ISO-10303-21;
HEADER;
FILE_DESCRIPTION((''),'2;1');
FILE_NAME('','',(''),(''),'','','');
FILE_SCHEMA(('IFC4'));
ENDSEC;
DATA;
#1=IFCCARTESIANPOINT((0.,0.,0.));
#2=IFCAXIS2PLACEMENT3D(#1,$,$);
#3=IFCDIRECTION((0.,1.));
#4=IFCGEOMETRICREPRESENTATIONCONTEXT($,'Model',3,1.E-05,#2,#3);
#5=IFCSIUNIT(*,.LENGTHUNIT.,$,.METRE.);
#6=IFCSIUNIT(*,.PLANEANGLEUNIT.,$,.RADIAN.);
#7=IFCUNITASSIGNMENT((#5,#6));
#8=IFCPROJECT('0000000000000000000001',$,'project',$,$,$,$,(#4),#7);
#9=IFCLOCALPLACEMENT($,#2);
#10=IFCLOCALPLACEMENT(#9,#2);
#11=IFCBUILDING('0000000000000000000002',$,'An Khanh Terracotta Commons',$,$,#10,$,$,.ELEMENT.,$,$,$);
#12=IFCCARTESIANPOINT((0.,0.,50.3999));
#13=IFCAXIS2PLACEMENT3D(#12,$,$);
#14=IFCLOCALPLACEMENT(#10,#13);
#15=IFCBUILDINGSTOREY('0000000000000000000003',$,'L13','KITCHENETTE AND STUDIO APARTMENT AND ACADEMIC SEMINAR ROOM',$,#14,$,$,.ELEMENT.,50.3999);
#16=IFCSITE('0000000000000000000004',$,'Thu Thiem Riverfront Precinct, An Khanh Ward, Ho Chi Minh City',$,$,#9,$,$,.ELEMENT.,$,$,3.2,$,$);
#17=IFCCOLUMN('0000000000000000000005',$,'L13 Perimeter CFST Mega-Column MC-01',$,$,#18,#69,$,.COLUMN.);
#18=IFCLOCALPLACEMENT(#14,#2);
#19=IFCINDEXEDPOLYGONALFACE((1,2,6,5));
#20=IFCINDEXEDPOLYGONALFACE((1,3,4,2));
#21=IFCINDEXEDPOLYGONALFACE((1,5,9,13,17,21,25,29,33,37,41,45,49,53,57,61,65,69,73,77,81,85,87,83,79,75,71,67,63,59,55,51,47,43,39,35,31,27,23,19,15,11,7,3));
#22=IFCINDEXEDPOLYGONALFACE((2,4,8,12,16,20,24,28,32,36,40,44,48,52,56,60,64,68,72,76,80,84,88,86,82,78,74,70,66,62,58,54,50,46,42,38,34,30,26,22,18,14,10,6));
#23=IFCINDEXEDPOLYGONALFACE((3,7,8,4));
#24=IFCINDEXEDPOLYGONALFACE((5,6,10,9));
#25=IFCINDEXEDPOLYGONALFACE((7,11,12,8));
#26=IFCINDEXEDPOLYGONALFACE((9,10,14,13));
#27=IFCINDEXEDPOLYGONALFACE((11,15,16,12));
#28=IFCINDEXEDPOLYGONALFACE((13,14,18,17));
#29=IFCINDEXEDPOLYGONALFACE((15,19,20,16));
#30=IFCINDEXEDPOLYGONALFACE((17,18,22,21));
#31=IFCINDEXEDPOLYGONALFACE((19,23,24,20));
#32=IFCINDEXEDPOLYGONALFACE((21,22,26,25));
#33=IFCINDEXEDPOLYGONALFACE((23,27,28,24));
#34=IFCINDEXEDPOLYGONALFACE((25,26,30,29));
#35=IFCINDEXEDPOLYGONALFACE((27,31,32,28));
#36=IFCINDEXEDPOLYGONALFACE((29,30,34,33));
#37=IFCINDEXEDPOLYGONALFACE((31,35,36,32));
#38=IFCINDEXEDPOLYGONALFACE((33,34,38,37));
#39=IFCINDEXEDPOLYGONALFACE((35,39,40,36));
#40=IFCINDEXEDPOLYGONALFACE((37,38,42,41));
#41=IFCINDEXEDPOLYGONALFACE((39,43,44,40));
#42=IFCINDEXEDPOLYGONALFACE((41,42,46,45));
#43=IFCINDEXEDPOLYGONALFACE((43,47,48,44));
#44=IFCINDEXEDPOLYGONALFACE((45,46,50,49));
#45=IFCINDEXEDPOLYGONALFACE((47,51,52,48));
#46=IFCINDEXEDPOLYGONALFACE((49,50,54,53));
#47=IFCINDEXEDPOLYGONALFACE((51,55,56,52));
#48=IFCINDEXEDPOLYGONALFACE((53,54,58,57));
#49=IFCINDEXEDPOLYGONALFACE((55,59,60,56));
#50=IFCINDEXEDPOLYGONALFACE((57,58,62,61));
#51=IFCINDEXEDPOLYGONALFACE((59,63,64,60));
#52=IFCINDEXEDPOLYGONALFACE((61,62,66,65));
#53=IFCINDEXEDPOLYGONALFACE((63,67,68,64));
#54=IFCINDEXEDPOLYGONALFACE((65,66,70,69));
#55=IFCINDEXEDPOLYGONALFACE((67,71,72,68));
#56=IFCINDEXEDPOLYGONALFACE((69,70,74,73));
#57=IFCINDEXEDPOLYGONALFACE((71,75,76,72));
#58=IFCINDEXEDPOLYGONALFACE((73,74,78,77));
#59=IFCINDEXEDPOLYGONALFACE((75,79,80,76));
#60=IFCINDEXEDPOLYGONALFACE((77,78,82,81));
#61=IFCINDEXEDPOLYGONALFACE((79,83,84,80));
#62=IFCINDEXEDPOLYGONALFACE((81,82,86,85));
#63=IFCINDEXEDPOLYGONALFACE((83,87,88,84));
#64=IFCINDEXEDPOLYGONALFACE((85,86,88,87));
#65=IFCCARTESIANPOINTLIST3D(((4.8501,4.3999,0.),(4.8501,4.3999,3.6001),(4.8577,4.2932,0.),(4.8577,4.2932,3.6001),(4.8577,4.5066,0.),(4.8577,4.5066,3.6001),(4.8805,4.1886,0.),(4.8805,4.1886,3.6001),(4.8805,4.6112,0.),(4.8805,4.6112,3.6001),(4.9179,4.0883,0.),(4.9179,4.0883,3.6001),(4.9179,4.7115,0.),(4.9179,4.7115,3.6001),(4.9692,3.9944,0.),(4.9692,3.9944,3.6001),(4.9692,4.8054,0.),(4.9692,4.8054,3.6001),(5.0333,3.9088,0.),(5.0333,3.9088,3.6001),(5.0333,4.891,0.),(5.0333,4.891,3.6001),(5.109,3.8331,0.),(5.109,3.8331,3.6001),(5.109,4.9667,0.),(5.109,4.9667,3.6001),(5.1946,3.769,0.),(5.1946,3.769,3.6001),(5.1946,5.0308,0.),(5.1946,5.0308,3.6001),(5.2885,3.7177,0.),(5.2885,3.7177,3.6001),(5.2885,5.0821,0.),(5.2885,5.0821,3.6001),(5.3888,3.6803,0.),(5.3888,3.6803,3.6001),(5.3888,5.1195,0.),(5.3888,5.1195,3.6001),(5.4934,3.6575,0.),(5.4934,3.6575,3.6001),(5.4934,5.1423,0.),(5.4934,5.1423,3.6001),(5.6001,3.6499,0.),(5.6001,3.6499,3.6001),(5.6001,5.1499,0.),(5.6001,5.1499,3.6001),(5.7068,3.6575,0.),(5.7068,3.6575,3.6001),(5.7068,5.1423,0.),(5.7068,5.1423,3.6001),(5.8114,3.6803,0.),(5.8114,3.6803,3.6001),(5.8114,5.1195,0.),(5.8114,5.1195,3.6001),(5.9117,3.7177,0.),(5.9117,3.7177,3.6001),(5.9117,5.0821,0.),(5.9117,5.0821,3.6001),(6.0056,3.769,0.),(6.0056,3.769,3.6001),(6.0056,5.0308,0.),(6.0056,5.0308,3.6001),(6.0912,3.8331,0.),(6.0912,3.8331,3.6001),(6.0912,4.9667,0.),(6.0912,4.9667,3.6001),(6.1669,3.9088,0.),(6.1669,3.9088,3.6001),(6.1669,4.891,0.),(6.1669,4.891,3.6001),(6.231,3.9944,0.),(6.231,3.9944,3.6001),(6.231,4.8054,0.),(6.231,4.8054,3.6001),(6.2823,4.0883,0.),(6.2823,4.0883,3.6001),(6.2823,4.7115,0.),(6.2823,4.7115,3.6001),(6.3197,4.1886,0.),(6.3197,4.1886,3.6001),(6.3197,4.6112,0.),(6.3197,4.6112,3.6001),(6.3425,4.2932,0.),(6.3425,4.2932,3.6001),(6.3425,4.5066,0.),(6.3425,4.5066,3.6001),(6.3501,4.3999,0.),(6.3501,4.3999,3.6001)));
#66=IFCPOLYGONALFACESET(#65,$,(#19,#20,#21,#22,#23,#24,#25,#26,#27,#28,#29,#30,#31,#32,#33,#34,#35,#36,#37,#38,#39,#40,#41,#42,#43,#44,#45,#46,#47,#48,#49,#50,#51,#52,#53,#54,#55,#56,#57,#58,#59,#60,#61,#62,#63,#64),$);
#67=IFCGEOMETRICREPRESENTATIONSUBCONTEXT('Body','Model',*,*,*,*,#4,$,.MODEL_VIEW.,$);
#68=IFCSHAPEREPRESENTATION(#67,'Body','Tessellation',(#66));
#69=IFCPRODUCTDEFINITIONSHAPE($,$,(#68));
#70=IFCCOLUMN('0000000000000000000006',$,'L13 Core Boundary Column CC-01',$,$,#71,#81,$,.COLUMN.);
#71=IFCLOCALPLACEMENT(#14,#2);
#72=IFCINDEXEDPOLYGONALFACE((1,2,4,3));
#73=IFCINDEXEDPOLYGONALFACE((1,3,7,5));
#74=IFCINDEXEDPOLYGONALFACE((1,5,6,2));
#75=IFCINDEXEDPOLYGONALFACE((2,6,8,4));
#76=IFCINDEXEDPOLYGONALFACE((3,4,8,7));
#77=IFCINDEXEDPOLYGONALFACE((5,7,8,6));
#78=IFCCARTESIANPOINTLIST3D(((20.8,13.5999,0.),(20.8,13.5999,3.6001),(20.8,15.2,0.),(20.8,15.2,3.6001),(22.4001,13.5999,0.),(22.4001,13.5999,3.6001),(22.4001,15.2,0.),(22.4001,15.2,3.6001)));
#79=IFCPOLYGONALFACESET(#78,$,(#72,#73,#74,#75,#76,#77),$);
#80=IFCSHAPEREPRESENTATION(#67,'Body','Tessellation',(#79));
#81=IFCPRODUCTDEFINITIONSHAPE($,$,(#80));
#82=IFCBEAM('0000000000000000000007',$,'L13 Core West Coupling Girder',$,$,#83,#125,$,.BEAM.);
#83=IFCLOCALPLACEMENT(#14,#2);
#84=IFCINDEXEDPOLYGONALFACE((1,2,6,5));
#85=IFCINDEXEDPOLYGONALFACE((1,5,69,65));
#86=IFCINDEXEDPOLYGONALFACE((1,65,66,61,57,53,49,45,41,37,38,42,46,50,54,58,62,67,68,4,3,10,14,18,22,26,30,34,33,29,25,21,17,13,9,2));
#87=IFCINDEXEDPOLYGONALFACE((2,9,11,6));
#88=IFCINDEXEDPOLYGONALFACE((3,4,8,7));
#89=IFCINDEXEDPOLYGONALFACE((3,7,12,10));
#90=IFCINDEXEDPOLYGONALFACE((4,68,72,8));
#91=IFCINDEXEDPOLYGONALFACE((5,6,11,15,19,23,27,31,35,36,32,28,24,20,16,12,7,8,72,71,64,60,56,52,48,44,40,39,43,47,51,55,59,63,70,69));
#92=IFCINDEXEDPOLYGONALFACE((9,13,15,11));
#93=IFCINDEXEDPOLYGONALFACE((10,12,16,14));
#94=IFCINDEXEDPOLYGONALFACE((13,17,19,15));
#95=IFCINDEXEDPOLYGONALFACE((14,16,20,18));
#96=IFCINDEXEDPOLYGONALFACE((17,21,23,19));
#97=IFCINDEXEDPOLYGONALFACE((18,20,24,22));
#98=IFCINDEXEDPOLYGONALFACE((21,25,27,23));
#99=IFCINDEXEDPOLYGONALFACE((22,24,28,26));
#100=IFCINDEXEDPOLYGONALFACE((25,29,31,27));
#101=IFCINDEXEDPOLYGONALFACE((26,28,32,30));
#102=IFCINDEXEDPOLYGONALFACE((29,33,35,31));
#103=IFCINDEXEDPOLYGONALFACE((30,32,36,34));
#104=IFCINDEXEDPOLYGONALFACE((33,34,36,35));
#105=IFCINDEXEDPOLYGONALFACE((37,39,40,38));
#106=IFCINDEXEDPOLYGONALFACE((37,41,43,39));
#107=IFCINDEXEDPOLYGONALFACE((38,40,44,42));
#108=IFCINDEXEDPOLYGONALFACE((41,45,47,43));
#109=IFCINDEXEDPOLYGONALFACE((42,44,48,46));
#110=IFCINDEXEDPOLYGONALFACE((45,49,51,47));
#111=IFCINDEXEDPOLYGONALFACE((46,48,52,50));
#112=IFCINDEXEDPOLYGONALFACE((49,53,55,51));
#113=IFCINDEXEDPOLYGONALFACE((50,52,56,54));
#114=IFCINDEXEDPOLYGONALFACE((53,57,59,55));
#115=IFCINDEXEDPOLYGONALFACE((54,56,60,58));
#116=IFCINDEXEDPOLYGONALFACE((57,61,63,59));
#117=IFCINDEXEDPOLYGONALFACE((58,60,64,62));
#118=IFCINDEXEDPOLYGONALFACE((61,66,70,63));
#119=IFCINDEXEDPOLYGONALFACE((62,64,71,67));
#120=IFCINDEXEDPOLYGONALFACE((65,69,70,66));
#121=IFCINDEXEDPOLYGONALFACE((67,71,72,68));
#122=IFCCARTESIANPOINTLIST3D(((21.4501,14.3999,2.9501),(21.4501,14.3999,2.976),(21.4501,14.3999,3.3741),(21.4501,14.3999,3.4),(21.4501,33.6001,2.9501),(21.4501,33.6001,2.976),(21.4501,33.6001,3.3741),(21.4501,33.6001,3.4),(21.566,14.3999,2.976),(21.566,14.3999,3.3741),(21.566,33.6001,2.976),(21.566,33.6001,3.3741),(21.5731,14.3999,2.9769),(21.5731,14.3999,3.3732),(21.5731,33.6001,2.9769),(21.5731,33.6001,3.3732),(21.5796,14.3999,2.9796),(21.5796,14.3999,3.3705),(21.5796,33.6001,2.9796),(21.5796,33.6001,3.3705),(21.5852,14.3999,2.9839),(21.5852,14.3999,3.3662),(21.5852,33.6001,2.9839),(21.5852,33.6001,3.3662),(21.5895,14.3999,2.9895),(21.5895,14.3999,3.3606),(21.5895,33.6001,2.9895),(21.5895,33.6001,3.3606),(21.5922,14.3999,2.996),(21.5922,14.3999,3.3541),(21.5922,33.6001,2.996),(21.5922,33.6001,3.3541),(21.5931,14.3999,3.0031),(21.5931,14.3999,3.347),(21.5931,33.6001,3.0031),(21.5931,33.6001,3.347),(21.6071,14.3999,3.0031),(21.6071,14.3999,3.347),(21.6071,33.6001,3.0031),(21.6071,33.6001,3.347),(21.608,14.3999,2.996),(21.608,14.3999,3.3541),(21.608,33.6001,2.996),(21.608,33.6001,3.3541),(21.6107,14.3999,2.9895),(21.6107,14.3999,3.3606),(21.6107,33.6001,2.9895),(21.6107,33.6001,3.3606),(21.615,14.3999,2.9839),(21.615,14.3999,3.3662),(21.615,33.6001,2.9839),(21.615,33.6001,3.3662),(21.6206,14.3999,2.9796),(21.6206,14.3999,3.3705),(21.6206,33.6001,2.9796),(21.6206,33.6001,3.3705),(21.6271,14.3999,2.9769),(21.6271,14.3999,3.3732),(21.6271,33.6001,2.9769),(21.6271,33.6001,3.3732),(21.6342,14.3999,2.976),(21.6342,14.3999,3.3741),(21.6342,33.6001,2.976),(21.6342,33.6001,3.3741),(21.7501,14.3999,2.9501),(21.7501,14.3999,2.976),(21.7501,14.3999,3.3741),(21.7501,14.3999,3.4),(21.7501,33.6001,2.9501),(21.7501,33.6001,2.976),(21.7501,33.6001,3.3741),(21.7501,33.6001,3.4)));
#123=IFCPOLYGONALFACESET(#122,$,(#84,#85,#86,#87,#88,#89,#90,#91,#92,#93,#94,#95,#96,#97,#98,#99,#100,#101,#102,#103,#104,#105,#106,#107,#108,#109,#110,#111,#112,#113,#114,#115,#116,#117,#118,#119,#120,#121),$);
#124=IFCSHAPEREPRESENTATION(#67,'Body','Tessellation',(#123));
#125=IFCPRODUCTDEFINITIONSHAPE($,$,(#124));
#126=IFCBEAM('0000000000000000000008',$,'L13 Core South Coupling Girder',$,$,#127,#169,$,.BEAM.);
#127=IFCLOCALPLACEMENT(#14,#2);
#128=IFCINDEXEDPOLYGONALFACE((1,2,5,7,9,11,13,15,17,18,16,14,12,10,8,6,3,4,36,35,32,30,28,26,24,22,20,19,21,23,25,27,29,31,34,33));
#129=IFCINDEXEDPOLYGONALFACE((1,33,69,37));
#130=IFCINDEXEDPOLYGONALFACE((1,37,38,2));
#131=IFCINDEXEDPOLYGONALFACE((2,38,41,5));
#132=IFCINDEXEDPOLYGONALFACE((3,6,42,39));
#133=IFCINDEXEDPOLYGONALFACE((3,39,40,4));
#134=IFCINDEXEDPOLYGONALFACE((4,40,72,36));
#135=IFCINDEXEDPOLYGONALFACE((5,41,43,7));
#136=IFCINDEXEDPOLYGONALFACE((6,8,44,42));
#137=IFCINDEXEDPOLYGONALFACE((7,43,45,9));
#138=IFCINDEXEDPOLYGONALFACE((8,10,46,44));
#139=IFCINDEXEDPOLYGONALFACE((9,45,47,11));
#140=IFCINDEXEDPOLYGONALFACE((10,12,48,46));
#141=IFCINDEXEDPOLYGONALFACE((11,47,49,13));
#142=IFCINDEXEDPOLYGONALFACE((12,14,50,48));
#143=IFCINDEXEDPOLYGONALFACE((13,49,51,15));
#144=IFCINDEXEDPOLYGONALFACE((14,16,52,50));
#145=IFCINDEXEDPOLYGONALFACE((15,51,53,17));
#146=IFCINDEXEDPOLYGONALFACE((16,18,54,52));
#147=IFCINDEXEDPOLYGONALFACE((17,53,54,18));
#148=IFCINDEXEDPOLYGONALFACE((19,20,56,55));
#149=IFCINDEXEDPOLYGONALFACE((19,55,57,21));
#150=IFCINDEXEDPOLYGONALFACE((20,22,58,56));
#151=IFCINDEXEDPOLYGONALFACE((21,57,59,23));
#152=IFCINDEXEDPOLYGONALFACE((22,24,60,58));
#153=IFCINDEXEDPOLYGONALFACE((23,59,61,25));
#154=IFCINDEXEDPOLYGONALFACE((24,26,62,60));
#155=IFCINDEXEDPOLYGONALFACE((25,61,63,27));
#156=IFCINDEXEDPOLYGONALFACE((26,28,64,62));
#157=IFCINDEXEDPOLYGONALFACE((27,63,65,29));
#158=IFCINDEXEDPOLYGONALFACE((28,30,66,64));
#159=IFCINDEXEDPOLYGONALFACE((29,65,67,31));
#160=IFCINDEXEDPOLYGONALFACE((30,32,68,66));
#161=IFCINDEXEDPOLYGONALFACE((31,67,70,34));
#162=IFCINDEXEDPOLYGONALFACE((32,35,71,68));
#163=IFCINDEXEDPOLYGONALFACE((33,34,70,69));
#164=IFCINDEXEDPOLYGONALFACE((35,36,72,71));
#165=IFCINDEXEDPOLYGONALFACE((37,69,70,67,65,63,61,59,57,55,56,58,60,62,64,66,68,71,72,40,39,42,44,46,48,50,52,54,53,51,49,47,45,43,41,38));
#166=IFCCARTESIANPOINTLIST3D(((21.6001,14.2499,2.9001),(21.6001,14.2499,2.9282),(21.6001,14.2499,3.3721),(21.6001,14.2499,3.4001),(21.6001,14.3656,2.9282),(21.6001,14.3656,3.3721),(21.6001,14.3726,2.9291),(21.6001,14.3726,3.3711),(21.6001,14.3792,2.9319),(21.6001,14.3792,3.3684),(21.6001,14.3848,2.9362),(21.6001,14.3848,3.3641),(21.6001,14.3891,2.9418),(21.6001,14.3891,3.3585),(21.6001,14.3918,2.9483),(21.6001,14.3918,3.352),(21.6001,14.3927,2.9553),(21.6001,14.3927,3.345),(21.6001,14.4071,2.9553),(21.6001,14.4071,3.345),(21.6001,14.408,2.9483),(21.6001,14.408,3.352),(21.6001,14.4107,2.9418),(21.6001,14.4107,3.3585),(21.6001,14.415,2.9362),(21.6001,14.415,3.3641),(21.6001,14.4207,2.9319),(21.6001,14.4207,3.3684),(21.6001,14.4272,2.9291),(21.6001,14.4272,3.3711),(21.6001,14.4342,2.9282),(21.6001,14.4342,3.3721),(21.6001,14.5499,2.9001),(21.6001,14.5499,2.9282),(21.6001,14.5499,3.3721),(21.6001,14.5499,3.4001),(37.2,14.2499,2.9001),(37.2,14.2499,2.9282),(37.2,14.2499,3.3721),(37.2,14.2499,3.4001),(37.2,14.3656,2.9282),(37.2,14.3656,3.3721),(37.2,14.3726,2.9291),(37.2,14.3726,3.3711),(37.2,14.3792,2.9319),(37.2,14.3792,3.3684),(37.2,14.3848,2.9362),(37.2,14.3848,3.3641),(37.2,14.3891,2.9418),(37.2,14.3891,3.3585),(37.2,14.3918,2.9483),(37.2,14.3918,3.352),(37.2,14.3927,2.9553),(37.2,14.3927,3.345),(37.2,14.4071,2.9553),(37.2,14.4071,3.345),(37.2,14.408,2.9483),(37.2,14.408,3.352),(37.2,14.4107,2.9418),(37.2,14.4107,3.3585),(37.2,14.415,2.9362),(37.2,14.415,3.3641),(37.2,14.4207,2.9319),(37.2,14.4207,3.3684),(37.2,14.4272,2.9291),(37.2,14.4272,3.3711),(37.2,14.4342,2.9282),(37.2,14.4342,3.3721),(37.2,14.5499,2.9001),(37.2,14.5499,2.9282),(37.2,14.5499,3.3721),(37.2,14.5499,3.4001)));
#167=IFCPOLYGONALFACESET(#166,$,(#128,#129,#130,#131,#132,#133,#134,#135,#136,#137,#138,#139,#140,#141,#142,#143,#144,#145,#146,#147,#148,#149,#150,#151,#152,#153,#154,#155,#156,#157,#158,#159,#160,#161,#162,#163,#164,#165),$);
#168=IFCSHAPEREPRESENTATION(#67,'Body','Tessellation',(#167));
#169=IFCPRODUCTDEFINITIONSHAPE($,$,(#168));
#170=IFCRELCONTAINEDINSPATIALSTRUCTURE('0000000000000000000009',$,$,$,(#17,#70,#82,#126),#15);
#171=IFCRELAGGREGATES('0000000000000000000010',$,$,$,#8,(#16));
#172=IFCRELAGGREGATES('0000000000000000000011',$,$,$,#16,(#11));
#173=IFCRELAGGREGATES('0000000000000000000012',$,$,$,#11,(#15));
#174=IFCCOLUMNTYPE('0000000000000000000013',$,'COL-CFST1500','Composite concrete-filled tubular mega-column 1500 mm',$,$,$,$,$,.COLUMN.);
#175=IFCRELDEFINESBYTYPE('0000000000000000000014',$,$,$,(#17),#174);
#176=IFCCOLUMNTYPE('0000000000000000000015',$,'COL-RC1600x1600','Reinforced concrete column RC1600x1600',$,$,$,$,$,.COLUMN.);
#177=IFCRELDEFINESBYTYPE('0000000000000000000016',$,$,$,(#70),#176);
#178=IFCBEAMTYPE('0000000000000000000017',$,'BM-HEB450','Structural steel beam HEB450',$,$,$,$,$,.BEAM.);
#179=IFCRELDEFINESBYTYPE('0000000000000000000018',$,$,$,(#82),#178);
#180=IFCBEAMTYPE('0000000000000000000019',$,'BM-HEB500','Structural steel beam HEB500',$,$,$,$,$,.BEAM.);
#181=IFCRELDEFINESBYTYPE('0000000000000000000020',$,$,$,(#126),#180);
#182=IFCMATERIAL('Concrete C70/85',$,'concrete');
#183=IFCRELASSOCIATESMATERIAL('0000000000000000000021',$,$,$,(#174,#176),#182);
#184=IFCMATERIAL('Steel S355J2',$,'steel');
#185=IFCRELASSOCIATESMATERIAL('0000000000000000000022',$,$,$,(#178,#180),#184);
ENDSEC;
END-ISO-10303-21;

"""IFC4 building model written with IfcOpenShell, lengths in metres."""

from ifc_helpers import new_model, si_unit, direction, frame, origin, origin_2d, place, context, subcontext, project, spatial, rectangle, circle, i_section, extrude, material, material_profile, profile_set, type_object, element, save


model = new_model("IFC4")

# Units and contexts
model_context = context("Model", 3, precision=1e-05, world=origin(), true_north=direction((0.0, 1.0)))
body_context = subcontext(model_context, "Body", "Model", "MODEL_VIEW")
ifc_project = project(units=[si_unit("LENGTHUNIT", "METRE"), si_unit("PLANEANGLEUNIT", "RADIAN")], contexts=[model_context])

# Site, building, storey
site_placement = place(None, origin())
site = spatial("IfcSite", under=ifc_project, at=site_placement, Name="Thu Thiem Riverfront Precinct, An Khanh Ward, Ho Chi Minh City", CompositionType="ELEMENT", RefElevation=3.2)
building_placement = place(site_placement, origin())
building = spatial("IfcBuilding", under=site, at=building_placement, Name="An Khanh Terracotta Commons", CompositionType="ELEMENT")
storey_placement = place(building_placement, frame((0.0, 0.0, 50.3999)))
storey = spatial("IfcBuildingStorey", under=building, at=storey_placement, Name="L13", Description="KITCHENETTE AND STUDIO APARTMENT AND ACADEMIC SEMINAR ROOM", CompositionType="ELEMENT", Elevation=50.3999)

# Columns
ifc_material_1 = material(Name="Concrete C70/85", Category="concrete")
ifc_material_profile_1 = material_profile(ifc_material_1, circle(Radius=0.75, at=origin_2d()), Name="CFST1500")
ifc_profile_set_1 = profile_set([ifc_material_profile_1], Name="Concrete C70/85")
column_type_1 = type_object("IfcColumnType", Name="COL-CFST1500", Description="Composite concrete-filled tubular mega-column 1500 mm", PredefinedType="COLUMN", material=ifc_profile_set_1)
column_1_placement = place(storey_placement, frame((5.6001, 4.3999, 0.0), z_axis=(0.0, 0.0, 1.0), x_axis=(1.0, 0.0, 0.0)))
element("IfcColumn", 1, at=column_1_placement, inside=storey, type_object=column_type_1, Name="L13 Perimeter CFST Mega-Column MC-01", PredefinedType="COLUMN", context=body_context, shape_type="SweptSolid", body=[
    extrude(circle(Radius=0.75, at=origin_2d()), origin(), (0.0, 0.0, 1.0), 3.6001),
])
ifc_material_profile_2 = material_profile(ifc_material_1, rectangle(XDim=1.6001, YDim=1.6001, at=origin_2d()), Name="RC1600x1600")
ifc_profile_set_2 = profile_set([ifc_material_profile_2], Name="Concrete C70/85")
column_type_2 = type_object("IfcColumnType", Name="COL-RC1600x1600", Description="Reinforced concrete column RC1600x1600", PredefinedType="COLUMN", material=ifc_profile_set_2)
column_2_placement = place(storey_placement, frame((21.6001, 14.3999, 0.0), z_axis=(0.0, 0.0, 1.0), x_axis=(1.0, 0.0, 0.0)))
element("IfcColumn", 2, at=column_2_placement, inside=storey, type_object=column_type_2, Name="L13 Core Boundary Column CC-01", PredefinedType="COLUMN", context=body_context, shape_type="SweptSolid", body=[
    extrude(rectangle(XDim=1.6001, YDim=1.6001, at=origin_2d()), origin(), (0.0, 0.0, 1.0), 3.6001),
])

# Beams
ifc_material_2 = material(Name="Steel S355J2", Category="steel")
ifc_material_profile_3 = material_profile(ifc_material_2, i_section(OverallWidth=0.3, OverallDepth=0.45, WebThickness=0.0139, FlangeThickness=0.0259, FilletRadius=0.0271, at=origin_2d()), Name="HEB450")
ifc_profile_set_3 = profile_set([ifc_material_profile_3], Name="Steel S355J2")
beam_type_1 = type_object("IfcBeamType", Name="BM-HEB450", Description="Structural steel beam HEB450", PredefinedType="BEAM", material=ifc_profile_set_3)
beam_1_placement = place(storey_placement, frame((21.6001, 14.3999, 3.175), z_axis=(0.0, 1.0, 0.0), x_axis=(-1.0, 0.0, 0.0)))
element("IfcBeam", 3, at=beam_1_placement, inside=storey, type_object=beam_type_1, Name="L13 Core West Coupling Girder", PredefinedType="BEAM", context=body_context, shape_type="SweptSolid", body=[
    extrude(i_section(OverallWidth=0.3, OverallDepth=0.45, WebThickness=0.0139, FlangeThickness=0.0259, FilletRadius=0.0271, at=origin_2d()), origin(), (0.0, 0.0, 1.0), 19.2002),
])
ifc_material_profile_4 = material_profile(ifc_material_2, i_section(OverallWidth=0.3, OverallDepth=0.5, WebThickness=0.0144, FlangeThickness=0.0281, FilletRadius=0.0271, at=origin_2d()), Name="HEB500")
ifc_profile_set_4 = profile_set([ifc_material_profile_4], Name="Steel S355J2")
beam_type_2 = type_object("IfcBeamType", Name="BM-HEB500", Description="Structural steel beam HEB500", PredefinedType="BEAM", material=ifc_profile_set_4)
beam_2_placement = place(storey_placement, frame((21.6001, 14.3999, 3.1501), z_axis=(1.0, 0.0, 0.0), x_axis=(0.0, 1.0, 0.0)))
element("IfcBeam", 4, at=beam_2_placement, inside=storey, type_object=beam_type_2, Name="L13 Core South Coupling Girder", PredefinedType="BEAM", context=body_context, shape_type="SweptSolid", body=[
    extrude(i_section(OverallWidth=0.3, OverallDepth=0.5, WebThickness=0.0144, FlangeThickness=0.0281, FilletRadius=0.0271, at=origin_2d()), origin(), (0.0, 0.0, 1.0), 15.5999),
])

save(model, "model.ifc")
